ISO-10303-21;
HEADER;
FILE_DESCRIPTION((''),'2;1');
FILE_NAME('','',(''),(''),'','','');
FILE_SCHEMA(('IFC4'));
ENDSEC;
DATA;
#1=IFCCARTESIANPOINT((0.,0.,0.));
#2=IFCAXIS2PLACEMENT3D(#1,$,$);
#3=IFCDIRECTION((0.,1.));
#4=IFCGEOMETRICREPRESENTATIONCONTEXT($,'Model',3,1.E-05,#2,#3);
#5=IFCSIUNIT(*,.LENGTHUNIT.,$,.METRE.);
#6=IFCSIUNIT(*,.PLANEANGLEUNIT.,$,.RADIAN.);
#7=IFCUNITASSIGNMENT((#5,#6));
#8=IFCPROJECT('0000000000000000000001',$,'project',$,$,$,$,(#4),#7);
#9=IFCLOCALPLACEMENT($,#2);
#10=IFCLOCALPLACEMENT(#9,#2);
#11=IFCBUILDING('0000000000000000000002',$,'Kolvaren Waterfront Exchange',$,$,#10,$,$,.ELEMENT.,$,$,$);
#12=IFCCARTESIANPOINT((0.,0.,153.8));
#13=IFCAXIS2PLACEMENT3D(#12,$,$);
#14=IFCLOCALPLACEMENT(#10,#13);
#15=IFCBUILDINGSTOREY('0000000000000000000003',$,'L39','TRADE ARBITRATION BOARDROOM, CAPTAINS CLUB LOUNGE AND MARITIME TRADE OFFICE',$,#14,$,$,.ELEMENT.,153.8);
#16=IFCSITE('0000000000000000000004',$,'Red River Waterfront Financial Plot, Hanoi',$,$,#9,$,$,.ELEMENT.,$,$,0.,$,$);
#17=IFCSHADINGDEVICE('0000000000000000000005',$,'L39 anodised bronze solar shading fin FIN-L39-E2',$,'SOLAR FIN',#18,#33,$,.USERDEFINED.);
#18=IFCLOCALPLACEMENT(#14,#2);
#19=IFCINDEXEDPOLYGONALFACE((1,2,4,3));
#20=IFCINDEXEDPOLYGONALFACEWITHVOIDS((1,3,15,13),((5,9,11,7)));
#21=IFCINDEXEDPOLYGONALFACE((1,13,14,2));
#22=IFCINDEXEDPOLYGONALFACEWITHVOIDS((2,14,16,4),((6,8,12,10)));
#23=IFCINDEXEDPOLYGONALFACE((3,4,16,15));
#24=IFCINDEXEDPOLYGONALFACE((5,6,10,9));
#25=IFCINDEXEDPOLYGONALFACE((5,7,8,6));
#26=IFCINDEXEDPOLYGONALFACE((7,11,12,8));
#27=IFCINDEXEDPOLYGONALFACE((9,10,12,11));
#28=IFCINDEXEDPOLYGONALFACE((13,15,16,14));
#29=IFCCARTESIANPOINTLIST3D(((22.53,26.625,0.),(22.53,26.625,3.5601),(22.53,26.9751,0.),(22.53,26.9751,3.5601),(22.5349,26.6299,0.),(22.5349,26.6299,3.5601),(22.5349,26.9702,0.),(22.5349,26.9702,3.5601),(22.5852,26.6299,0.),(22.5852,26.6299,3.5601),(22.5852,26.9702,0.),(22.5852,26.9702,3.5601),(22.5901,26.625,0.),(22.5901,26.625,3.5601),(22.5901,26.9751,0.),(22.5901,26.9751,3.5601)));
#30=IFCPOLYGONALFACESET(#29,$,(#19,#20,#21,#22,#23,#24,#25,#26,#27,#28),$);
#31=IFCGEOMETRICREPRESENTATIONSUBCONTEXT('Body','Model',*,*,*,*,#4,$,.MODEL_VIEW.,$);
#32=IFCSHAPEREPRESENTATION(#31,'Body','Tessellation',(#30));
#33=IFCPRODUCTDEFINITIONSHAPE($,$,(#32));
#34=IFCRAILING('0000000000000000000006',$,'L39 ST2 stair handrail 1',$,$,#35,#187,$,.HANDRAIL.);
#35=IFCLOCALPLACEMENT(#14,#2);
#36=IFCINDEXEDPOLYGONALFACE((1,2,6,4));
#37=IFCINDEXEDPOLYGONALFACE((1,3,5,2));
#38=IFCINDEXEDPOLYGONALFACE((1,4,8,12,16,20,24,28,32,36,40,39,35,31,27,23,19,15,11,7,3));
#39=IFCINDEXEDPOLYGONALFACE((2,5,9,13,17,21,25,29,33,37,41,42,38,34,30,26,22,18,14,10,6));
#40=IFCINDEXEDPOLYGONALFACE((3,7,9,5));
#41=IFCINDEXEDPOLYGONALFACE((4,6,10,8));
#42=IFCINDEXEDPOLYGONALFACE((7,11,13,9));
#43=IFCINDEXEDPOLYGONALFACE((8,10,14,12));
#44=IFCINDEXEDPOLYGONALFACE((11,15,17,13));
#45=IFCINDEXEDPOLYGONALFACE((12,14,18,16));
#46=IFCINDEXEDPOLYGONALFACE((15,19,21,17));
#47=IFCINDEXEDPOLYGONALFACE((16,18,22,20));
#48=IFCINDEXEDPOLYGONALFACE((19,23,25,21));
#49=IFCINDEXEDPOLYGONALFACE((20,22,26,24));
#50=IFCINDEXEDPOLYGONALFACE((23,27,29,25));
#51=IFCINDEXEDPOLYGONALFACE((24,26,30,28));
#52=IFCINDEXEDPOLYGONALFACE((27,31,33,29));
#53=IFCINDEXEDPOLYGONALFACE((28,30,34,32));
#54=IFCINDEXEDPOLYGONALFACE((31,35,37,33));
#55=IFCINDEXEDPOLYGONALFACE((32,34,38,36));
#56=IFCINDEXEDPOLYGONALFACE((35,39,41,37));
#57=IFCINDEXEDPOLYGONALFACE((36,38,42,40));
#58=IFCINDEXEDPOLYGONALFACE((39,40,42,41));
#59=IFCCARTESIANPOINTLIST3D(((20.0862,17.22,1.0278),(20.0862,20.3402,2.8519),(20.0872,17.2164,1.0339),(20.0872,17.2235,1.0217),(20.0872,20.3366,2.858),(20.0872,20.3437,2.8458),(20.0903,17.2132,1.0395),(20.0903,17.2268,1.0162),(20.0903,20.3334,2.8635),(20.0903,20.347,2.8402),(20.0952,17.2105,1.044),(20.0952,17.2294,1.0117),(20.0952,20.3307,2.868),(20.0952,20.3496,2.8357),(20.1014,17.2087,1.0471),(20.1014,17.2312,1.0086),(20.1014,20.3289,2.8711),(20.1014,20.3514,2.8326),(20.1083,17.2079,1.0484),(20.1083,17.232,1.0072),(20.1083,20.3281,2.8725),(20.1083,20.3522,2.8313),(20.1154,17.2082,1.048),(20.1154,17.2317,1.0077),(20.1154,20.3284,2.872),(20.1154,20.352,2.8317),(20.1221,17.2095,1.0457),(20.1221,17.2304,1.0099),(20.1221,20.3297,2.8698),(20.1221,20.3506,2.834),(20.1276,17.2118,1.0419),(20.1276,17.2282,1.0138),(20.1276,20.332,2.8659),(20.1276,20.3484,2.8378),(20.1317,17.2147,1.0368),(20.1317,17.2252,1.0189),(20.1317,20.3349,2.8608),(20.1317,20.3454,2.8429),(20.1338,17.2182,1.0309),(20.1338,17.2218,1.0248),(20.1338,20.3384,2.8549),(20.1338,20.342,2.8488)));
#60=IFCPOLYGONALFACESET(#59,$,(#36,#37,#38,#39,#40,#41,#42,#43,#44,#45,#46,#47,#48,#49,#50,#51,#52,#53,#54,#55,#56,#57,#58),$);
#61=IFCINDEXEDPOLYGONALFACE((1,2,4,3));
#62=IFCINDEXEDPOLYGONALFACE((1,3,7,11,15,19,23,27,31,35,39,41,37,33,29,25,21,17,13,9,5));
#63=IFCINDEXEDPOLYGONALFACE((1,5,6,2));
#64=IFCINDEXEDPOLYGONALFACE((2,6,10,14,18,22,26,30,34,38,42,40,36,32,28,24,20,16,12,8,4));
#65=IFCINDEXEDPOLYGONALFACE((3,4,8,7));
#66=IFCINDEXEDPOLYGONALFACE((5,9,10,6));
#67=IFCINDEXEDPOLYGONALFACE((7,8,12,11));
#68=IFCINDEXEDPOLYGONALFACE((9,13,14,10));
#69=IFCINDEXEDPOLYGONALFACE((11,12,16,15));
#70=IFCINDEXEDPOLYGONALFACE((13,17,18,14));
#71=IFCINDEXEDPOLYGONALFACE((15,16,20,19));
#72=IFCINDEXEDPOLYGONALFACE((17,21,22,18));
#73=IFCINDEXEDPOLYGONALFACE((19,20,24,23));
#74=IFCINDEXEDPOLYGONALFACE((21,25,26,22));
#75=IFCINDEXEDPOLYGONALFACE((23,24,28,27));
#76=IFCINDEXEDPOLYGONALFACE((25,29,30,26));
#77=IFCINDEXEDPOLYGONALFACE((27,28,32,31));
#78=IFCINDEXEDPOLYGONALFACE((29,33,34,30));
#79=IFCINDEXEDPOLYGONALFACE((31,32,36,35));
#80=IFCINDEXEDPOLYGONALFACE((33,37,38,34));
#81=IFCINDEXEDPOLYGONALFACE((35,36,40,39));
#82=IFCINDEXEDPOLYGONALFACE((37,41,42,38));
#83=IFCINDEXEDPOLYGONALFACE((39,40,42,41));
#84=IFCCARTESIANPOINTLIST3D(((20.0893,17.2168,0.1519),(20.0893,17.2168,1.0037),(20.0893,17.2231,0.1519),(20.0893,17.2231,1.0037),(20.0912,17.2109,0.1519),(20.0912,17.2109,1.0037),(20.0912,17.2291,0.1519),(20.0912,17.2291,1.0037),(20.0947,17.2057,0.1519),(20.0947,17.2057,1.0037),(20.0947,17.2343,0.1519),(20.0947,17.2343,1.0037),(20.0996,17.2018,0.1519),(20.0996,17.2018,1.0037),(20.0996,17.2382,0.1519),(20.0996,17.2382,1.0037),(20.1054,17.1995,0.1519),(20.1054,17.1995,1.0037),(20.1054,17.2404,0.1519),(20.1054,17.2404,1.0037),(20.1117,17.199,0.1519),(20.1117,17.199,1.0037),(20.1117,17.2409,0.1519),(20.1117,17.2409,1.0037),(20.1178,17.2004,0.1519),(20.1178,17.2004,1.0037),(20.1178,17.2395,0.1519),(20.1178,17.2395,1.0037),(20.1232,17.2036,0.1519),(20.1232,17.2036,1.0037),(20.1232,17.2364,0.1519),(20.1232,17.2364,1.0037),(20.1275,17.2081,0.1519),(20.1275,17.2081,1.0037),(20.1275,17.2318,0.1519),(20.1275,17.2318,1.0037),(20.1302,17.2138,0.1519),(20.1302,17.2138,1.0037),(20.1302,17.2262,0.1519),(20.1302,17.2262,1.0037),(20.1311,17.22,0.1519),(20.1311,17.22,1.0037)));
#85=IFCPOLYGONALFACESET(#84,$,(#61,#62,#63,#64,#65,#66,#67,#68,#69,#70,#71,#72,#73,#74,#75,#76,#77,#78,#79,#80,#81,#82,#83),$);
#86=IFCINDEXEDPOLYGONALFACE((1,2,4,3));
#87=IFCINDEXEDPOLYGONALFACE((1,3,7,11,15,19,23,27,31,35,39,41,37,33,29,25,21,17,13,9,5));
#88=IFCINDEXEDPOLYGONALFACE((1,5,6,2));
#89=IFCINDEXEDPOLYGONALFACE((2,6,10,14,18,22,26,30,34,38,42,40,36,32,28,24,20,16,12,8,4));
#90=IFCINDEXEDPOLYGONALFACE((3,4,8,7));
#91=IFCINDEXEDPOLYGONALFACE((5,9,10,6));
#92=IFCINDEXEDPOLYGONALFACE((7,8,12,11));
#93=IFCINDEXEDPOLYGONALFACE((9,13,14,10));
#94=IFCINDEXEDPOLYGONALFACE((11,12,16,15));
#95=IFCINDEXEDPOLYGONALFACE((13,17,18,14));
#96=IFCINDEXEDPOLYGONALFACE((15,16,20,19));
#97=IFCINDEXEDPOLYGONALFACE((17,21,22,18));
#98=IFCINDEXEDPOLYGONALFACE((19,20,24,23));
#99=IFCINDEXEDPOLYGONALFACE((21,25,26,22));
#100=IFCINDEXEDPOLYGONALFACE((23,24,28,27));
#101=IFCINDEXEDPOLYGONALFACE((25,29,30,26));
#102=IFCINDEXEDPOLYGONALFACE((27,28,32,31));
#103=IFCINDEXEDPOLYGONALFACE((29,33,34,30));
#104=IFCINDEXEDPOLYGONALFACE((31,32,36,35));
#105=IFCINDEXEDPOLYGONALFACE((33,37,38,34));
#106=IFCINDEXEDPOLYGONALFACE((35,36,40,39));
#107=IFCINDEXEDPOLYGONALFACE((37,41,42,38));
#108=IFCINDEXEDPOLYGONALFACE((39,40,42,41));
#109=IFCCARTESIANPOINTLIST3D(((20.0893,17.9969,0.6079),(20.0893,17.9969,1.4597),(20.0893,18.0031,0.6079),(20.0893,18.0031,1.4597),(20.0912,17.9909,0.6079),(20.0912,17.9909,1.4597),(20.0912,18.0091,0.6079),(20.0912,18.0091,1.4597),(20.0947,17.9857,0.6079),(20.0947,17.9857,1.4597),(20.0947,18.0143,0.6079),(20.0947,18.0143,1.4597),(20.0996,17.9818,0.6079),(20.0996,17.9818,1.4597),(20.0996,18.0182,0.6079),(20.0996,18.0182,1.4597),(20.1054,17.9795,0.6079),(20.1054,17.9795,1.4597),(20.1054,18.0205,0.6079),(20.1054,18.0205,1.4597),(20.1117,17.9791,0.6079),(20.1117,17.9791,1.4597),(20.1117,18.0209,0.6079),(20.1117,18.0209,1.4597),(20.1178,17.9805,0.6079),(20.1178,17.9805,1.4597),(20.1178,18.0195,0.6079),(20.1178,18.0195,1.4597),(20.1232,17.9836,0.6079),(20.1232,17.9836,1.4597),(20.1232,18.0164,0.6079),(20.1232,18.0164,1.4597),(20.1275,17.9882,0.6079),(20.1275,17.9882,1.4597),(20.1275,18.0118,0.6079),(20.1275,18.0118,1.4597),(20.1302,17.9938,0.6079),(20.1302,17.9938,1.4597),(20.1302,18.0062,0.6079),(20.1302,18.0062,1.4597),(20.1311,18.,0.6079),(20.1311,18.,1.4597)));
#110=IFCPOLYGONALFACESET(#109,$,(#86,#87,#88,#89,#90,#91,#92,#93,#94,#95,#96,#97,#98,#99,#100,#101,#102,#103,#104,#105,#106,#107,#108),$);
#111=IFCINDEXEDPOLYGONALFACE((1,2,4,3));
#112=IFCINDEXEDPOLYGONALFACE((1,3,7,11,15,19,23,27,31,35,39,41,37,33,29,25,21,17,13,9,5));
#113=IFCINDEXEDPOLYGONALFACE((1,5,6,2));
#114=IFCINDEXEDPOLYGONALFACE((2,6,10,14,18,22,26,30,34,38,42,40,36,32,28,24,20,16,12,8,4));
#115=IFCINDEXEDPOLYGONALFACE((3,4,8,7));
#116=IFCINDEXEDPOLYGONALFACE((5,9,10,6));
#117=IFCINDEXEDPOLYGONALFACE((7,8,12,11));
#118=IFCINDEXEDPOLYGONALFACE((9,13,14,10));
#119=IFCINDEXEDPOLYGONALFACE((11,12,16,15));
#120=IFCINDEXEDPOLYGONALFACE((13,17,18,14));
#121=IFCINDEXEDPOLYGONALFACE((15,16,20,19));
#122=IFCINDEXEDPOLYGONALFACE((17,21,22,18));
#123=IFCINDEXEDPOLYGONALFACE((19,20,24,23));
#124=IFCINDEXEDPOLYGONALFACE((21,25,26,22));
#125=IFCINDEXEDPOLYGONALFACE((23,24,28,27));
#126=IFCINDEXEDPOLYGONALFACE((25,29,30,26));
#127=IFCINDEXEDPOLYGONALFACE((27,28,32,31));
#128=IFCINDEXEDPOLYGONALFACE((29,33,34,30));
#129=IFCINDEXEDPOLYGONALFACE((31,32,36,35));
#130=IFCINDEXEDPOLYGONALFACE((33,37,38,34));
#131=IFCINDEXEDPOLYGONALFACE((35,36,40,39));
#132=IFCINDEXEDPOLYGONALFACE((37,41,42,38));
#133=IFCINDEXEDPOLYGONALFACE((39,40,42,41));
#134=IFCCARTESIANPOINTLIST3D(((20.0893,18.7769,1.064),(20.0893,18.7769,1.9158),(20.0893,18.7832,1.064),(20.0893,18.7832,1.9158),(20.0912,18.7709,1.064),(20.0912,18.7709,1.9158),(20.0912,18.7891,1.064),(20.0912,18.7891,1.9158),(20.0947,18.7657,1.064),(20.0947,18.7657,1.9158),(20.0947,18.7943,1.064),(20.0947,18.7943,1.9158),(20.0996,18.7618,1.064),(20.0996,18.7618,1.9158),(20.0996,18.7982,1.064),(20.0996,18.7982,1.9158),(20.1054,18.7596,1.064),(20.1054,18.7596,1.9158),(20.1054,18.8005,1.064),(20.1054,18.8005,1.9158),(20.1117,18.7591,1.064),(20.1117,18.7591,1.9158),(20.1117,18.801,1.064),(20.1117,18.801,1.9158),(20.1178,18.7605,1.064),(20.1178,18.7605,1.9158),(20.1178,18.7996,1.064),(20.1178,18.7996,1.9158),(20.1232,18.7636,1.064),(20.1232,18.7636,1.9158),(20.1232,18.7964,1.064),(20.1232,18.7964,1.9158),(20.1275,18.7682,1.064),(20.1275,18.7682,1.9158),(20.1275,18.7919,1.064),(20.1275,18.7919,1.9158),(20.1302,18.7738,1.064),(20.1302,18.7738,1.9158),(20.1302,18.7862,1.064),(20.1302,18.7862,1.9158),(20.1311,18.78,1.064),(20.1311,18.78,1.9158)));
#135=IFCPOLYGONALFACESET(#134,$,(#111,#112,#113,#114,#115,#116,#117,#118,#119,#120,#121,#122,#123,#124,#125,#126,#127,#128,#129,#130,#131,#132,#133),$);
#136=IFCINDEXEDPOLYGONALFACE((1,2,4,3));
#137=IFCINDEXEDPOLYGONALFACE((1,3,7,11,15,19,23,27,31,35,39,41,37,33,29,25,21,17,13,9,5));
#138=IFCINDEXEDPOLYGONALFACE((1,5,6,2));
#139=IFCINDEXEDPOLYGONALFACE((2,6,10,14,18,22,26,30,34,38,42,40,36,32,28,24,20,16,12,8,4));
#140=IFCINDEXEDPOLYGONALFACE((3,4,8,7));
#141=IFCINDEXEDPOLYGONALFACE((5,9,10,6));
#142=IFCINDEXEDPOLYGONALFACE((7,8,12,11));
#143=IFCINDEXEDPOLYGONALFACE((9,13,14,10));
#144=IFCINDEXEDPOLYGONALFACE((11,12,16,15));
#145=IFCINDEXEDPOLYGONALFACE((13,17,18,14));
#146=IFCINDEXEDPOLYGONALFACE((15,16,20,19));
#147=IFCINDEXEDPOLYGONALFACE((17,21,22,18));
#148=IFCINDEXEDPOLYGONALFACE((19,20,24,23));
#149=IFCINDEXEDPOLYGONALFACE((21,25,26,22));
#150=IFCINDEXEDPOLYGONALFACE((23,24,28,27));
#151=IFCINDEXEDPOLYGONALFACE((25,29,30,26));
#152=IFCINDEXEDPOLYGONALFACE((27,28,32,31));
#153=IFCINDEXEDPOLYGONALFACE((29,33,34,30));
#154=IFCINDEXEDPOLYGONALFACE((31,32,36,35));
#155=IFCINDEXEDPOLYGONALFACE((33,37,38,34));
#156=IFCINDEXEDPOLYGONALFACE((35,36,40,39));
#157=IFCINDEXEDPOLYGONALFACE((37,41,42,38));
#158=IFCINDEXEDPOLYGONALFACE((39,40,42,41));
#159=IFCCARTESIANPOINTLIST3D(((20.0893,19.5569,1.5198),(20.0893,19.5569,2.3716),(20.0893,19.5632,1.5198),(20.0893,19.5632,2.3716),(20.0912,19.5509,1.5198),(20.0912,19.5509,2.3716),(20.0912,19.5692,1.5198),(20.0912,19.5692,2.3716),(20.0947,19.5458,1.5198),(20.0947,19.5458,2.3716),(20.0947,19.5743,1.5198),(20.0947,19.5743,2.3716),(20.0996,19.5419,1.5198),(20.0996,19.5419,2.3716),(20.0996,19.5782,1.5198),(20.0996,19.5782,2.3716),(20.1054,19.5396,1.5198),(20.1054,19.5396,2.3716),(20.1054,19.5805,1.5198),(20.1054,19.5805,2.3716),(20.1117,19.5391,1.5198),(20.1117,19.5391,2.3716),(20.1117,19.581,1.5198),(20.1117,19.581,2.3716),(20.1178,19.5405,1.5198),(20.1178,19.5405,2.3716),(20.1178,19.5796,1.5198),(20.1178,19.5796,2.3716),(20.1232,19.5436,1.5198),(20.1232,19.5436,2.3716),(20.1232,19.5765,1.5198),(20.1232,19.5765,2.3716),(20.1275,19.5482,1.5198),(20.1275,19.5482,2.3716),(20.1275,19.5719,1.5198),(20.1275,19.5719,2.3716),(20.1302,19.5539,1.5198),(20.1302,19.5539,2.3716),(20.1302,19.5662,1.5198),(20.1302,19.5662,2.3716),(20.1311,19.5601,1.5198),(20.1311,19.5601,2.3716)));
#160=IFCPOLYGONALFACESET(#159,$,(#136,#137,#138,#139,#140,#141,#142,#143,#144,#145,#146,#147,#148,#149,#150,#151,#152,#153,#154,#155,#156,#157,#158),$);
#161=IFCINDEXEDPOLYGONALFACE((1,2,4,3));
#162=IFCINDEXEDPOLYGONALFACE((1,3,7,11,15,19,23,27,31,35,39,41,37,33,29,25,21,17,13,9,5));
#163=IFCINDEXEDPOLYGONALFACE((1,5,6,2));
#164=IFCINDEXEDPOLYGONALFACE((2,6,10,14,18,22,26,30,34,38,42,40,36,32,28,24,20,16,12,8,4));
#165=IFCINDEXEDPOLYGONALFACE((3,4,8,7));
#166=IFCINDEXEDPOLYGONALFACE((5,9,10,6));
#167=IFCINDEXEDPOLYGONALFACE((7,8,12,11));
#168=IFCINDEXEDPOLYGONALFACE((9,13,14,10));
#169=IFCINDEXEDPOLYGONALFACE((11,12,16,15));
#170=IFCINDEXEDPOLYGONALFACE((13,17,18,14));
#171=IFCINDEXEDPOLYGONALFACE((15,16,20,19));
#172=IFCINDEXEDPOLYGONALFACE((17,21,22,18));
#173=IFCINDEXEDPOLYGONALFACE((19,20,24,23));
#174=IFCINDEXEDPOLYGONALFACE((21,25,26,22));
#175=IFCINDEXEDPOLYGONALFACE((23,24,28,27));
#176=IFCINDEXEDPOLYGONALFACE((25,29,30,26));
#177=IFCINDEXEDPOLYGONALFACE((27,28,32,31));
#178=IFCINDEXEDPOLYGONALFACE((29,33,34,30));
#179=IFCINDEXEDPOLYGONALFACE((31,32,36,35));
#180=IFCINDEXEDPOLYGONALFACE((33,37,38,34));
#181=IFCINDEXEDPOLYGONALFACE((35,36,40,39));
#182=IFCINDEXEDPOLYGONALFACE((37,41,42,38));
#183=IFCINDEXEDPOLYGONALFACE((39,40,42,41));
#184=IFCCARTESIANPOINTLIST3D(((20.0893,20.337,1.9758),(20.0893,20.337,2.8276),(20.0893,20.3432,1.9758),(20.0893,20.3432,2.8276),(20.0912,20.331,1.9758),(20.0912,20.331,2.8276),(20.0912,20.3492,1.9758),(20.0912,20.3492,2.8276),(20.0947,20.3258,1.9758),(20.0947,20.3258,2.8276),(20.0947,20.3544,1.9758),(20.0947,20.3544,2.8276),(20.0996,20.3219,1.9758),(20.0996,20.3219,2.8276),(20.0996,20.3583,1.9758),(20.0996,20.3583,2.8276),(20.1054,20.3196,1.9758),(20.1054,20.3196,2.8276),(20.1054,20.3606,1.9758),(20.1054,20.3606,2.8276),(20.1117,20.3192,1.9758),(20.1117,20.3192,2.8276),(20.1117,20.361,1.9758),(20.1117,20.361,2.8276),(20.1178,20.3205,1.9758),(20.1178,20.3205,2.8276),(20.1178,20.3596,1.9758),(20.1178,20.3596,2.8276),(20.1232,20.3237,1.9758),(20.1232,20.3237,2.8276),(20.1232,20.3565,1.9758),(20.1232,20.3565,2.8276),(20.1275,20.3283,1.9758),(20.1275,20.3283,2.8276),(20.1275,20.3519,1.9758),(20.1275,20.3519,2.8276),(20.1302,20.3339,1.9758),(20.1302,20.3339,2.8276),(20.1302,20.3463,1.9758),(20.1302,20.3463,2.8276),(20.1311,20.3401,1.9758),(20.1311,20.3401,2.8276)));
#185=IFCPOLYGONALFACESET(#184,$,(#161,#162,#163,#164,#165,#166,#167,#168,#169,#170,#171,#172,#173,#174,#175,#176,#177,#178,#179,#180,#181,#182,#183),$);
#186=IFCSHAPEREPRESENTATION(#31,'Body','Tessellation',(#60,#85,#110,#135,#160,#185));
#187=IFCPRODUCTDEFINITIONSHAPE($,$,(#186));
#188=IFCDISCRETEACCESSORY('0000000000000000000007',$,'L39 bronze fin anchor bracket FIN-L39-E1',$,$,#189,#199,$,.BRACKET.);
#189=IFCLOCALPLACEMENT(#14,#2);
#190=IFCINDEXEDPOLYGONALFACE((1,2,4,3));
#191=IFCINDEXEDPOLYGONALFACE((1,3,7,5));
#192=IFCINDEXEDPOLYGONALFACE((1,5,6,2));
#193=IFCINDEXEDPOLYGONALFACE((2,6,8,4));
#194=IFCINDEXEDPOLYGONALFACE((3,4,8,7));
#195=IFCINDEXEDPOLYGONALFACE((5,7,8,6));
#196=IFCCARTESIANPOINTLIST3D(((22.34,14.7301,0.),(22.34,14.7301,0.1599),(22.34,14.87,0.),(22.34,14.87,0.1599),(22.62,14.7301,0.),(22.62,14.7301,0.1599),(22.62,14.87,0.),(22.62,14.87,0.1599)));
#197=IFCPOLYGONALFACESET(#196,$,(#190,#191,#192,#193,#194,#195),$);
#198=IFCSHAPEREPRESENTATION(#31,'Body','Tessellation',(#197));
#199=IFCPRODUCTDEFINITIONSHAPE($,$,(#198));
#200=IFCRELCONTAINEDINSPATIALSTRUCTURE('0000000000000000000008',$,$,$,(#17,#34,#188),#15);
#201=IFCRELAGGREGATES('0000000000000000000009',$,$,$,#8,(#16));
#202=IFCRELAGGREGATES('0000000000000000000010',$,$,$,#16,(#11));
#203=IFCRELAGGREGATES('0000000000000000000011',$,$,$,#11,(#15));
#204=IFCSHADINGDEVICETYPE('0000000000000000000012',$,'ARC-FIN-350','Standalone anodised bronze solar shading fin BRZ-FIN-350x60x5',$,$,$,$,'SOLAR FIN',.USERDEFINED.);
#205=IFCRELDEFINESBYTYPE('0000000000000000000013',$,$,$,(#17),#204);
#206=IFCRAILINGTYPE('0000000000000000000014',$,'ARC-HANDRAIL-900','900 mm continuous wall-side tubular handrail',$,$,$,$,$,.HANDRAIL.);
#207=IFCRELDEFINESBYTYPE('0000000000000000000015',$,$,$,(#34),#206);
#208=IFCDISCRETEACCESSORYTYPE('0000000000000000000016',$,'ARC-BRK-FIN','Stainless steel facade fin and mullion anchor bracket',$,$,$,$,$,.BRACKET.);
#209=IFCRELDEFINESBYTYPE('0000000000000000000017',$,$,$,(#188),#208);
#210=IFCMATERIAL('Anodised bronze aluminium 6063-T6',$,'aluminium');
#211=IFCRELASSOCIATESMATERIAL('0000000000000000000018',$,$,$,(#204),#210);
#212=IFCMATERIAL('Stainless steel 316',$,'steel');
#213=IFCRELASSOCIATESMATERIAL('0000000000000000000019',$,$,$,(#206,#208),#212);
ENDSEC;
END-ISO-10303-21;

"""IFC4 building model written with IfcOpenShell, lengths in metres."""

from ifc_helpers import new_model, si_unit, direction, frame, origin, origin_with_axes, origin_2d, place, context, subcontext, project, spatial, rectangle, hollow_rectangle, circle, extrude, source, transform, mapped, material, material_profile, profile_set, type_object, element, save


model = new_model("IFC4")

# Units and contexts
model_context = context("Model", 3, precision=1e-05, world=origin(), true_north=direction((0.0, 1.0)))
body_context = subcontext(model_context, "Body", "Model", "MODEL_VIEW")
ifc_project = project(units=[si_unit("LENGTHUNIT", "METRE"), si_unit("PLANEANGLEUNIT", "RADIAN")], contexts=[model_context])

# Site, building, storey
site_placement = place(None, origin())
site = spatial("IfcSite", under=ifc_project, at=site_placement, Name="Red River Waterfront Financial Plot, Hanoi", CompositionType="ELEMENT", RefElevation=0.0)
building_placement = place(site_placement, origin())
building = spatial("IfcBuilding", under=site, at=building_placement, Name="Kolvaren Waterfront Exchange", CompositionType="ELEMENT")
storey_placement = place(building_placement, frame((0.0, 0.0, 153.8)))
storey = spatial("IfcBuildingStorey", under=building, at=storey_placement, Name="L39", Description="TRADE ARBITRATION BOARDROOM, CAPTAINS CLUB LOUNGE AND MARITIME TRADE OFFICE", CompositionType="ELEMENT", Elevation=153.8)

# Shading device
ifc_material_1 = material(Name="Anodised bronze aluminium 6063-T6", Category="aluminium")
ifc_material_profile_1 = material_profile(ifc_material_1, hollow_rectangle(XDim=0.0601, YDim=0.3501, WallThickness=0.0049, at=origin_2d()), Name="BRZ-FIN-350x60x5")
ifc_profile_set_1 = profile_set([ifc_material_profile_1], Name="Anodised bronze aluminium 6063-T6")
shading_device_type = type_object("IfcShadingDeviceType", Name="ARC-FIN-350", Description="Standalone anodised bronze solar shading fin BRZ-FIN-350x60x5", ElementType="SOLAR FIN", PredefinedType="USERDEFINED", material=ifc_profile_set_1)
for number, where, z_axis, x_axis, name in (
    (1, (22.5601, 26.8, 0.0), (0.0, 0.0, 1.0), (1.0, 0.0, 0.0), "L39 anodised bronze solar shading fin FIN-L39-E2"),
):
    element("IfcShadingDevice", number, at=place(storey_placement, frame(where, z_axis=z_axis, x_axis=x_axis)), inside=storey, type_object=shading_device_type, Name=name, ObjectType="SOLAR FIN", PredefinedType="USERDEFINED", context=body_context, shape_type="SweptSolid", body=[
        extrude(hollow_rectangle(XDim=0.0601, YDim=0.3501, WallThickness=0.0049, at=origin_2d()), origin(), (0.0, 0.0, 1.0), 3.5601),
    ])

# Railing
ifc_material_2 = material(Name="Stainless steel 316", Category="steel")
railing_type = type_object("IfcRailingType", Name="ARC-HANDRAIL-900", Description="900 mm continuous wall-side tubular handrail", PredefinedType="HANDRAIL", material=ifc_material_2)
railing_placement = place(storey_placement, frame((20.1101, 17.22, 0.1519)))
element("IfcRailing", 2, at=railing_placement, inside=storey, type_object=railing_type, Name="L39 ST2 stair handrail 1", PredefinedType="HANDRAIL", context=body_context, shape_type="SweptSolid", body=[
    extrude(circle(Radius=0.0239, at=origin_2d()), frame((0.0, 0.0, 0.876), z_axis=(0.0, 0.863308, 0.504677), x_axis=(-1.0, 0.0, 0.0)), (0.0, 0.0, 1.0), 3.6143),
    extrude(circle(Radius=0.021, at=origin_2d()), origin(), (0.0, 0.0, 1.0), 0.8518),
    extrude(circle(Radius=0.021, at=origin_2d()), frame((0.0, 0.78, 0.4561)), (0.0, 0.0, 1.0), 0.8518),
    extrude(circle(Radius=0.021, at=origin_2d()), frame((0.0, 1.5601, 0.9121)), (0.0, 0.0, 1.0), 0.8518),
    extrude(circle(Radius=0.021, at=origin_2d()), frame((0.0, 2.3401, 1.3679)), (0.0, 0.0, 1.0), 0.8518),
    extrude(circle(Radius=0.021, at=origin_2d()), frame((0.0, 3.1201, 1.824)), (0.0, 0.0, 1.0), 0.8518),
])

# Discrete accessory
discrete_accessory_type = type_object("IfcDiscreteAccessoryType", Name="ARC-BRK-FIN", Description="Stainless steel facade fin and mullion anchor bracket", PredefinedType="BRACKET", material=ifc_material_2)
shared_shape = source(origin_with_axes(), body_context, "Body", "SweptSolid", [
    extrude(rectangle(XDim=0.28, YDim=0.1399, at=origin_2d()), origin(), (0.0, 0.0, 1.0), 0.1599),
])
for number, where, z_axis, x_axis, name in (
    (3, (22.48, 14.8, 0.0), (0.0, 0.0, 1.0), (1.0, 0.0, 0.0), "L39 bronze fin anchor bracket FIN-L39-E1"),
):
    element("IfcDiscreteAccessory", number, at=place(storey_placement, frame(where, z_axis=z_axis, x_axis=x_axis)), inside=storey, type_object=discrete_accessory_type, Name=name, PredefinedType="BRACKET", context=body_context, shape_type="MappedRepresentation", body=[
        mapped(shared_shape, transform((0.0, 0.0, 0.0), x_axis=(1.0, 0.0, 0.0), y_axis=(0.0, 1.0, 0.0), z_axis=(0.0, 0.0, 1.0), scale=1.0)),
    ])

save(model, "model.ifc")
